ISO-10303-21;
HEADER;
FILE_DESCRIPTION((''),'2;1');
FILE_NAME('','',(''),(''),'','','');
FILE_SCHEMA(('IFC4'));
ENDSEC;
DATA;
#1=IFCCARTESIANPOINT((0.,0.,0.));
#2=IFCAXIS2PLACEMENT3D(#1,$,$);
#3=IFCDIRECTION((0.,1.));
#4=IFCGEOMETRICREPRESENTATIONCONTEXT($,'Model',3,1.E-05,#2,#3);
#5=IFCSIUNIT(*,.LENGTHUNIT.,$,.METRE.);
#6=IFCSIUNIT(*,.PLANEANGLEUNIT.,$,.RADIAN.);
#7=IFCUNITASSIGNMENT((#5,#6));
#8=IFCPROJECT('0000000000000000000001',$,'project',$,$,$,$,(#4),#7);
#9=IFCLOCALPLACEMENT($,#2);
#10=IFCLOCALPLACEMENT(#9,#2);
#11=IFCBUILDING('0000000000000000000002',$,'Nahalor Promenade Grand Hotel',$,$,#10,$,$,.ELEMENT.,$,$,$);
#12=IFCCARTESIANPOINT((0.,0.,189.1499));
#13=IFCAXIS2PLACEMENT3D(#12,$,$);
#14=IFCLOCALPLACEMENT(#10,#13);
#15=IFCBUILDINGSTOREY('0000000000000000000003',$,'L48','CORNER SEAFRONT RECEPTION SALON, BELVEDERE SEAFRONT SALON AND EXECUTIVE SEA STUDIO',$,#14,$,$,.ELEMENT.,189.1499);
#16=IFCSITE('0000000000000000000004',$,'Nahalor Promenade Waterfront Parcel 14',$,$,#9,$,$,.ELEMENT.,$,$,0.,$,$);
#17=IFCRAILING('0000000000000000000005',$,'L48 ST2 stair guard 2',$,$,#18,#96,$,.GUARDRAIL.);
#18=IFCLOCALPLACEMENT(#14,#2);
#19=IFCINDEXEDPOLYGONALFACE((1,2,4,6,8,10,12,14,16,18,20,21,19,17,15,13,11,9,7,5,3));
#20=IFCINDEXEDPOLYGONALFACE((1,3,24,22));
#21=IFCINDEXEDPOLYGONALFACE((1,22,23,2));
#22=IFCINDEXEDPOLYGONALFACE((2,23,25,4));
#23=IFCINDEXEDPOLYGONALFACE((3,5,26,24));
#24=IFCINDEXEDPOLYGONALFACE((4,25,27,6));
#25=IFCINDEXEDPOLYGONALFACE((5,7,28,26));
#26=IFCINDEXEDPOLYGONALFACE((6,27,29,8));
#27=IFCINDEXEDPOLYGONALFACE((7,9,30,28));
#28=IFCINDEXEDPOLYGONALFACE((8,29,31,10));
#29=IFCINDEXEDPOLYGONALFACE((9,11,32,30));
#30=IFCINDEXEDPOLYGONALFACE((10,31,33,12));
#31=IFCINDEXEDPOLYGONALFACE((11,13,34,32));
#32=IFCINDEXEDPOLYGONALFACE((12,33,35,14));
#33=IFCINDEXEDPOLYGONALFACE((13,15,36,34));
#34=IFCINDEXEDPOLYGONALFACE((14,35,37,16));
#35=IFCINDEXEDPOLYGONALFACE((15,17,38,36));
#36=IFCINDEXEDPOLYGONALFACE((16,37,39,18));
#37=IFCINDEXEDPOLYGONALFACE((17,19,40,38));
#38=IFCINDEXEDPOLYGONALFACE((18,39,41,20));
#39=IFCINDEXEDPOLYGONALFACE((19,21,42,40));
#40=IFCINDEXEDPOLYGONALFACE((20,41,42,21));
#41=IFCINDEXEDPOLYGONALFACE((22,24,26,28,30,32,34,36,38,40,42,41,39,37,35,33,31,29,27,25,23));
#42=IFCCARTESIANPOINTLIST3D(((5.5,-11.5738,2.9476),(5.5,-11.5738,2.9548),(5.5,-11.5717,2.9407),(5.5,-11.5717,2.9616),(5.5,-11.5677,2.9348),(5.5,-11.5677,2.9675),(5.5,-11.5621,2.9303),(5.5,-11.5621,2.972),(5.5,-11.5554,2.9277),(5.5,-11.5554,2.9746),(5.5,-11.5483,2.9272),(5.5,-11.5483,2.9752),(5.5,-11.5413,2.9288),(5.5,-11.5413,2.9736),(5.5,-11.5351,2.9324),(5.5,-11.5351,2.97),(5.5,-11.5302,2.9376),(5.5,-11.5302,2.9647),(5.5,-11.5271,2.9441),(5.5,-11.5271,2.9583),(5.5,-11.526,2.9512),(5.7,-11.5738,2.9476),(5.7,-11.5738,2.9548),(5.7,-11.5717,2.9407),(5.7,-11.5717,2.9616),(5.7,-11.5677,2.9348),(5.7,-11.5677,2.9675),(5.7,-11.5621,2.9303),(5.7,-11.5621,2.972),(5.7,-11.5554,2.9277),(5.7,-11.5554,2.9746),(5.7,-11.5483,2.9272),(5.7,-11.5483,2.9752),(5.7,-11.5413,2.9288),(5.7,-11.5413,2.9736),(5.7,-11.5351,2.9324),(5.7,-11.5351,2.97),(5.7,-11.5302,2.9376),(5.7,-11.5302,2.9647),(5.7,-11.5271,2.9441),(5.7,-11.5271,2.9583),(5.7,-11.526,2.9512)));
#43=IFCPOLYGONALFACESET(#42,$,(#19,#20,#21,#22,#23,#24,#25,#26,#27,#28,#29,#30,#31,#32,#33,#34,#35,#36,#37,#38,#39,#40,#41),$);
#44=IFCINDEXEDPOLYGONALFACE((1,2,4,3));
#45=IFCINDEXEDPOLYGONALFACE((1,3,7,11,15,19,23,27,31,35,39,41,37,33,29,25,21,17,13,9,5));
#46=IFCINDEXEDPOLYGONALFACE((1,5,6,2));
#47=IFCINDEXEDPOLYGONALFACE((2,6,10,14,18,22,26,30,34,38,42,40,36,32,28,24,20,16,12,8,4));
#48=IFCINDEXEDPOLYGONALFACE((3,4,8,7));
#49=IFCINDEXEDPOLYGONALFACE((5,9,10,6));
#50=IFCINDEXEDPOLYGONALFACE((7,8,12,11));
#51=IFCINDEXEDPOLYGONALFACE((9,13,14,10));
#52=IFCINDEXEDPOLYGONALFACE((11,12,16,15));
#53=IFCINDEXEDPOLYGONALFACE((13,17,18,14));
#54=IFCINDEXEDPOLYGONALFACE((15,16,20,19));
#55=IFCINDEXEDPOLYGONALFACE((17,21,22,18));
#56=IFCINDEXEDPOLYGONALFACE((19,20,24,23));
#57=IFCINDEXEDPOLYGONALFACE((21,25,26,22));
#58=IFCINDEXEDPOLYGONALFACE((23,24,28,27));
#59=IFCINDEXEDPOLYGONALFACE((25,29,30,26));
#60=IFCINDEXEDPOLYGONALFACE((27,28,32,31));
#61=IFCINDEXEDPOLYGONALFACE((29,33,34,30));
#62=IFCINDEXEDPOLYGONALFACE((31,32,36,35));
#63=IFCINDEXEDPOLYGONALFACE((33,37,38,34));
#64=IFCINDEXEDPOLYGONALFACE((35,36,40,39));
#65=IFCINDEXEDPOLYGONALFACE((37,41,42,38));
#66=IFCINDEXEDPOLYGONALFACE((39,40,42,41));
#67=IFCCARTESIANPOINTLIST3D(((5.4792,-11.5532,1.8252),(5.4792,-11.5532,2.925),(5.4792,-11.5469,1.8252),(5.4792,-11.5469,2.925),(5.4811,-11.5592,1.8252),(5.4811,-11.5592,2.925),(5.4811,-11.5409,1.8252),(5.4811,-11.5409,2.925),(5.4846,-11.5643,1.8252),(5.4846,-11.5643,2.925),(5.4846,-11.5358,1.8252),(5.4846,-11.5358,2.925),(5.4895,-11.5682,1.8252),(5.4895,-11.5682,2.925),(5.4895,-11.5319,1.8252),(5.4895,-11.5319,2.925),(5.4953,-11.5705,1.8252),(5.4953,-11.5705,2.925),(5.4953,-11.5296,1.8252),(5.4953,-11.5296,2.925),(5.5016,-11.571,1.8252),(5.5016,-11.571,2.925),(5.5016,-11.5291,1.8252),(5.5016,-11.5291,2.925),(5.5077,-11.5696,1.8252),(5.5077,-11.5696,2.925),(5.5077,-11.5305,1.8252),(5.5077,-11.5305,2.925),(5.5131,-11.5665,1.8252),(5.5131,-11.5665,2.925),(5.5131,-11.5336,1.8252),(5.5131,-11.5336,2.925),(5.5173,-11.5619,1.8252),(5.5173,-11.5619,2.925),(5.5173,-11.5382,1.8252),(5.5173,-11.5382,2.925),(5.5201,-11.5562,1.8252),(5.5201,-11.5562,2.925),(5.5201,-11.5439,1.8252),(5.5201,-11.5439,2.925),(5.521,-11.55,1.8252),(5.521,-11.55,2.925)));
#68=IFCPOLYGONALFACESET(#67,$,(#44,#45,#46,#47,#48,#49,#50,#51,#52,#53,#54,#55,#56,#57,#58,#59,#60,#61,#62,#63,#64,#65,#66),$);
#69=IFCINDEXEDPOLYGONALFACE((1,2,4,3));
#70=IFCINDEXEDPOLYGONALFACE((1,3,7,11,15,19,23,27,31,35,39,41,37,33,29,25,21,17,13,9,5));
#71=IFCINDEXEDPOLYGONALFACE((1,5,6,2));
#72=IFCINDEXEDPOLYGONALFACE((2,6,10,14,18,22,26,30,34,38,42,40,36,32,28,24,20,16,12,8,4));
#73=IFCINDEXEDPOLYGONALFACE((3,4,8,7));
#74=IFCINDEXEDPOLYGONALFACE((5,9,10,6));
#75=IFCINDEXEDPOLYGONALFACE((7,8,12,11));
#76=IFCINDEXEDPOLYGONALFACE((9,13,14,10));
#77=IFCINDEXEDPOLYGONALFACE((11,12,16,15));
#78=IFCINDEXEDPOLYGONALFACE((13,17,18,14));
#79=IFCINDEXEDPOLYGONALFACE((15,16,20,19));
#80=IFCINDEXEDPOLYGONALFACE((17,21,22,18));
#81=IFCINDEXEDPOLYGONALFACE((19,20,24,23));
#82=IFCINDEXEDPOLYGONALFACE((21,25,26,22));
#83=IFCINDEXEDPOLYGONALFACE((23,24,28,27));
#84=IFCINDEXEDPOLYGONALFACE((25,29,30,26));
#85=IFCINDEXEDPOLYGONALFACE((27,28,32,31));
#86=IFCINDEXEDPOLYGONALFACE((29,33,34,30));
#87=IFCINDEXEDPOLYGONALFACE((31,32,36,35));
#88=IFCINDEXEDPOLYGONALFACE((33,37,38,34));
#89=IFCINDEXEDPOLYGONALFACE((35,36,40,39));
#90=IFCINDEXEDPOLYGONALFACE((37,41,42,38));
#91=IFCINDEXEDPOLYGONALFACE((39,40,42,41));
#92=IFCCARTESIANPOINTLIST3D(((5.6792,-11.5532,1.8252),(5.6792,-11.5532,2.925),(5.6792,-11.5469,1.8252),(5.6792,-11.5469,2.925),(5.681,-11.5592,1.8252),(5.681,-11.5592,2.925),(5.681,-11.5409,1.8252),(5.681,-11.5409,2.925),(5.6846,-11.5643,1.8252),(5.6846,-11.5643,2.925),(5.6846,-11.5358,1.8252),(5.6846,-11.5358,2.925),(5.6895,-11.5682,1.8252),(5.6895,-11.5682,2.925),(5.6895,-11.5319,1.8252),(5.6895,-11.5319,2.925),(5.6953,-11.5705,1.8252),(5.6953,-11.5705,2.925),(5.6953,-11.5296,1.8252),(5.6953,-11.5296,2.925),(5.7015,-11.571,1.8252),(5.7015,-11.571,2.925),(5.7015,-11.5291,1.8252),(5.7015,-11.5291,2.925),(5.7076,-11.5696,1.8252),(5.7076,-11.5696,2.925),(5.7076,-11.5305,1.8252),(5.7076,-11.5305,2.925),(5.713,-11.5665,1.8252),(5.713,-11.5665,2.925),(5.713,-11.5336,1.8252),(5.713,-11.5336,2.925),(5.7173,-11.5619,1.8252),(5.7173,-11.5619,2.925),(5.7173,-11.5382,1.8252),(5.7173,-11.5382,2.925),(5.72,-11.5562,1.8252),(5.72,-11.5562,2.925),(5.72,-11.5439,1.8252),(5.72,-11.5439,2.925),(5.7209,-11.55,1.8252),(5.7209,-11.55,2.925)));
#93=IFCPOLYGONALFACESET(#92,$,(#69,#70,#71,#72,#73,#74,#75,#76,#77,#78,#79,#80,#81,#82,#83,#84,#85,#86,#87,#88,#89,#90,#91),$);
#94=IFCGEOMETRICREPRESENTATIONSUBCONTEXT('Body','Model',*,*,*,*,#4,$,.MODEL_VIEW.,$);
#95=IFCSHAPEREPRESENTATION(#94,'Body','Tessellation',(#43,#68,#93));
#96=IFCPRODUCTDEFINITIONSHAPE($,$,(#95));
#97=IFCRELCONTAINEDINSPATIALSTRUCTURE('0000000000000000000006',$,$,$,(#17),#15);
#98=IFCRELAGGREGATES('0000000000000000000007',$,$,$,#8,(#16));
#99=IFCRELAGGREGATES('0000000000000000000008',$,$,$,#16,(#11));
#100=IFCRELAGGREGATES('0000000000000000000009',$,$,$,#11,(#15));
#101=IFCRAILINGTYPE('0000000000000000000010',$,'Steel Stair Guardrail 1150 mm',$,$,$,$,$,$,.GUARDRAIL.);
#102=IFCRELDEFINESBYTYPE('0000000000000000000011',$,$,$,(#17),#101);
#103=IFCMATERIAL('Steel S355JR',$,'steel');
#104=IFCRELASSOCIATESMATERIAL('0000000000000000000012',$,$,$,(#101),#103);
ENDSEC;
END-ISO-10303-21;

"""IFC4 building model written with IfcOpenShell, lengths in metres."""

from ifc_helpers import new_model, si_unit, direction, frame, origin, origin_2d, place, context, subcontext, project, spatial, circle, extrude, material, type_object, element, save


model = new_model("IFC4")

# Units and contexts
model_context = context("Model", 3, precision=1e-05, world=origin(), true_north=direction((0.0, 1.0)))
body_context = subcontext(model_context, "Body", "Model", "MODEL_VIEW")
ifc_project = project(units=[si_unit("LENGTHUNIT", "METRE"), si_unit("PLANEANGLEUNIT", "RADIAN")], contexts=[model_context])

# Site, building, storey
site_placement = place(None, origin())
site = spatial("IfcSite", under=ifc_project, at=site_placement, Name="Nahalor Promenade Waterfront Parcel 14", CompositionType="ELEMENT", RefElevation=0.0)
building_placement = place(site_placement, origin())
building = spatial("IfcBuilding", under=site, at=building_placement, Name="Nahalor Promenade Grand Hotel", CompositionType="ELEMENT")
storey_placement = place(building_placement, frame((0.0, 0.0, 189.1499)))
storey = spatial("IfcBuildingStorey", under=building, at=storey_placement, Name="L48", Description="CORNER SEAFRONT RECEPTION SALON, BELVEDERE SEAFRONT SALON AND EXECUTIVE SEA STUDIO", CompositionType="ELEMENT", Elevation=189.1499)

# Shared definitions
ifc_material_1 = material(Name="Steel S355JR", Category="steel")

# Railing
railing_type_1 = type_object("IfcRailingType", Name="Steel Stair Guardrail 1150 mm", PredefinedType="GUARDRAIL", material=ifc_material_1)
railing_1_placement = place(storey_placement, frame((5.5, -11.55, 1.8252)))
element("IfcRailing", 1, at=railing_1_placement, inside=storey, type_object=railing_type_1, Name="L48 ST2 stair guard 2", PredefinedType="GUARDRAIL", context=body_context, shape_type="SweptSolid", body=[
    extrude(circle(Radius=0.024, at=origin_2d()), frame((0.0, 0.0, 1.126), z_axis=(1.0, 0.0, 0.0), x_axis=(0.0, 1.0, 0.0)), (0.0, 0.0, 1.0), 0.2),
    extrude(circle(Radius=0.021, at=origin_2d()), origin(), (0.0, 0.0, 1.0), 1.0999),
    extrude(circle(Radius=0.021, at=origin_2d()), frame((0.2, 0.0, 0.0)), (0.0, 0.0, 1.0), 1.0999),
])

save(model, "model.ifc")
